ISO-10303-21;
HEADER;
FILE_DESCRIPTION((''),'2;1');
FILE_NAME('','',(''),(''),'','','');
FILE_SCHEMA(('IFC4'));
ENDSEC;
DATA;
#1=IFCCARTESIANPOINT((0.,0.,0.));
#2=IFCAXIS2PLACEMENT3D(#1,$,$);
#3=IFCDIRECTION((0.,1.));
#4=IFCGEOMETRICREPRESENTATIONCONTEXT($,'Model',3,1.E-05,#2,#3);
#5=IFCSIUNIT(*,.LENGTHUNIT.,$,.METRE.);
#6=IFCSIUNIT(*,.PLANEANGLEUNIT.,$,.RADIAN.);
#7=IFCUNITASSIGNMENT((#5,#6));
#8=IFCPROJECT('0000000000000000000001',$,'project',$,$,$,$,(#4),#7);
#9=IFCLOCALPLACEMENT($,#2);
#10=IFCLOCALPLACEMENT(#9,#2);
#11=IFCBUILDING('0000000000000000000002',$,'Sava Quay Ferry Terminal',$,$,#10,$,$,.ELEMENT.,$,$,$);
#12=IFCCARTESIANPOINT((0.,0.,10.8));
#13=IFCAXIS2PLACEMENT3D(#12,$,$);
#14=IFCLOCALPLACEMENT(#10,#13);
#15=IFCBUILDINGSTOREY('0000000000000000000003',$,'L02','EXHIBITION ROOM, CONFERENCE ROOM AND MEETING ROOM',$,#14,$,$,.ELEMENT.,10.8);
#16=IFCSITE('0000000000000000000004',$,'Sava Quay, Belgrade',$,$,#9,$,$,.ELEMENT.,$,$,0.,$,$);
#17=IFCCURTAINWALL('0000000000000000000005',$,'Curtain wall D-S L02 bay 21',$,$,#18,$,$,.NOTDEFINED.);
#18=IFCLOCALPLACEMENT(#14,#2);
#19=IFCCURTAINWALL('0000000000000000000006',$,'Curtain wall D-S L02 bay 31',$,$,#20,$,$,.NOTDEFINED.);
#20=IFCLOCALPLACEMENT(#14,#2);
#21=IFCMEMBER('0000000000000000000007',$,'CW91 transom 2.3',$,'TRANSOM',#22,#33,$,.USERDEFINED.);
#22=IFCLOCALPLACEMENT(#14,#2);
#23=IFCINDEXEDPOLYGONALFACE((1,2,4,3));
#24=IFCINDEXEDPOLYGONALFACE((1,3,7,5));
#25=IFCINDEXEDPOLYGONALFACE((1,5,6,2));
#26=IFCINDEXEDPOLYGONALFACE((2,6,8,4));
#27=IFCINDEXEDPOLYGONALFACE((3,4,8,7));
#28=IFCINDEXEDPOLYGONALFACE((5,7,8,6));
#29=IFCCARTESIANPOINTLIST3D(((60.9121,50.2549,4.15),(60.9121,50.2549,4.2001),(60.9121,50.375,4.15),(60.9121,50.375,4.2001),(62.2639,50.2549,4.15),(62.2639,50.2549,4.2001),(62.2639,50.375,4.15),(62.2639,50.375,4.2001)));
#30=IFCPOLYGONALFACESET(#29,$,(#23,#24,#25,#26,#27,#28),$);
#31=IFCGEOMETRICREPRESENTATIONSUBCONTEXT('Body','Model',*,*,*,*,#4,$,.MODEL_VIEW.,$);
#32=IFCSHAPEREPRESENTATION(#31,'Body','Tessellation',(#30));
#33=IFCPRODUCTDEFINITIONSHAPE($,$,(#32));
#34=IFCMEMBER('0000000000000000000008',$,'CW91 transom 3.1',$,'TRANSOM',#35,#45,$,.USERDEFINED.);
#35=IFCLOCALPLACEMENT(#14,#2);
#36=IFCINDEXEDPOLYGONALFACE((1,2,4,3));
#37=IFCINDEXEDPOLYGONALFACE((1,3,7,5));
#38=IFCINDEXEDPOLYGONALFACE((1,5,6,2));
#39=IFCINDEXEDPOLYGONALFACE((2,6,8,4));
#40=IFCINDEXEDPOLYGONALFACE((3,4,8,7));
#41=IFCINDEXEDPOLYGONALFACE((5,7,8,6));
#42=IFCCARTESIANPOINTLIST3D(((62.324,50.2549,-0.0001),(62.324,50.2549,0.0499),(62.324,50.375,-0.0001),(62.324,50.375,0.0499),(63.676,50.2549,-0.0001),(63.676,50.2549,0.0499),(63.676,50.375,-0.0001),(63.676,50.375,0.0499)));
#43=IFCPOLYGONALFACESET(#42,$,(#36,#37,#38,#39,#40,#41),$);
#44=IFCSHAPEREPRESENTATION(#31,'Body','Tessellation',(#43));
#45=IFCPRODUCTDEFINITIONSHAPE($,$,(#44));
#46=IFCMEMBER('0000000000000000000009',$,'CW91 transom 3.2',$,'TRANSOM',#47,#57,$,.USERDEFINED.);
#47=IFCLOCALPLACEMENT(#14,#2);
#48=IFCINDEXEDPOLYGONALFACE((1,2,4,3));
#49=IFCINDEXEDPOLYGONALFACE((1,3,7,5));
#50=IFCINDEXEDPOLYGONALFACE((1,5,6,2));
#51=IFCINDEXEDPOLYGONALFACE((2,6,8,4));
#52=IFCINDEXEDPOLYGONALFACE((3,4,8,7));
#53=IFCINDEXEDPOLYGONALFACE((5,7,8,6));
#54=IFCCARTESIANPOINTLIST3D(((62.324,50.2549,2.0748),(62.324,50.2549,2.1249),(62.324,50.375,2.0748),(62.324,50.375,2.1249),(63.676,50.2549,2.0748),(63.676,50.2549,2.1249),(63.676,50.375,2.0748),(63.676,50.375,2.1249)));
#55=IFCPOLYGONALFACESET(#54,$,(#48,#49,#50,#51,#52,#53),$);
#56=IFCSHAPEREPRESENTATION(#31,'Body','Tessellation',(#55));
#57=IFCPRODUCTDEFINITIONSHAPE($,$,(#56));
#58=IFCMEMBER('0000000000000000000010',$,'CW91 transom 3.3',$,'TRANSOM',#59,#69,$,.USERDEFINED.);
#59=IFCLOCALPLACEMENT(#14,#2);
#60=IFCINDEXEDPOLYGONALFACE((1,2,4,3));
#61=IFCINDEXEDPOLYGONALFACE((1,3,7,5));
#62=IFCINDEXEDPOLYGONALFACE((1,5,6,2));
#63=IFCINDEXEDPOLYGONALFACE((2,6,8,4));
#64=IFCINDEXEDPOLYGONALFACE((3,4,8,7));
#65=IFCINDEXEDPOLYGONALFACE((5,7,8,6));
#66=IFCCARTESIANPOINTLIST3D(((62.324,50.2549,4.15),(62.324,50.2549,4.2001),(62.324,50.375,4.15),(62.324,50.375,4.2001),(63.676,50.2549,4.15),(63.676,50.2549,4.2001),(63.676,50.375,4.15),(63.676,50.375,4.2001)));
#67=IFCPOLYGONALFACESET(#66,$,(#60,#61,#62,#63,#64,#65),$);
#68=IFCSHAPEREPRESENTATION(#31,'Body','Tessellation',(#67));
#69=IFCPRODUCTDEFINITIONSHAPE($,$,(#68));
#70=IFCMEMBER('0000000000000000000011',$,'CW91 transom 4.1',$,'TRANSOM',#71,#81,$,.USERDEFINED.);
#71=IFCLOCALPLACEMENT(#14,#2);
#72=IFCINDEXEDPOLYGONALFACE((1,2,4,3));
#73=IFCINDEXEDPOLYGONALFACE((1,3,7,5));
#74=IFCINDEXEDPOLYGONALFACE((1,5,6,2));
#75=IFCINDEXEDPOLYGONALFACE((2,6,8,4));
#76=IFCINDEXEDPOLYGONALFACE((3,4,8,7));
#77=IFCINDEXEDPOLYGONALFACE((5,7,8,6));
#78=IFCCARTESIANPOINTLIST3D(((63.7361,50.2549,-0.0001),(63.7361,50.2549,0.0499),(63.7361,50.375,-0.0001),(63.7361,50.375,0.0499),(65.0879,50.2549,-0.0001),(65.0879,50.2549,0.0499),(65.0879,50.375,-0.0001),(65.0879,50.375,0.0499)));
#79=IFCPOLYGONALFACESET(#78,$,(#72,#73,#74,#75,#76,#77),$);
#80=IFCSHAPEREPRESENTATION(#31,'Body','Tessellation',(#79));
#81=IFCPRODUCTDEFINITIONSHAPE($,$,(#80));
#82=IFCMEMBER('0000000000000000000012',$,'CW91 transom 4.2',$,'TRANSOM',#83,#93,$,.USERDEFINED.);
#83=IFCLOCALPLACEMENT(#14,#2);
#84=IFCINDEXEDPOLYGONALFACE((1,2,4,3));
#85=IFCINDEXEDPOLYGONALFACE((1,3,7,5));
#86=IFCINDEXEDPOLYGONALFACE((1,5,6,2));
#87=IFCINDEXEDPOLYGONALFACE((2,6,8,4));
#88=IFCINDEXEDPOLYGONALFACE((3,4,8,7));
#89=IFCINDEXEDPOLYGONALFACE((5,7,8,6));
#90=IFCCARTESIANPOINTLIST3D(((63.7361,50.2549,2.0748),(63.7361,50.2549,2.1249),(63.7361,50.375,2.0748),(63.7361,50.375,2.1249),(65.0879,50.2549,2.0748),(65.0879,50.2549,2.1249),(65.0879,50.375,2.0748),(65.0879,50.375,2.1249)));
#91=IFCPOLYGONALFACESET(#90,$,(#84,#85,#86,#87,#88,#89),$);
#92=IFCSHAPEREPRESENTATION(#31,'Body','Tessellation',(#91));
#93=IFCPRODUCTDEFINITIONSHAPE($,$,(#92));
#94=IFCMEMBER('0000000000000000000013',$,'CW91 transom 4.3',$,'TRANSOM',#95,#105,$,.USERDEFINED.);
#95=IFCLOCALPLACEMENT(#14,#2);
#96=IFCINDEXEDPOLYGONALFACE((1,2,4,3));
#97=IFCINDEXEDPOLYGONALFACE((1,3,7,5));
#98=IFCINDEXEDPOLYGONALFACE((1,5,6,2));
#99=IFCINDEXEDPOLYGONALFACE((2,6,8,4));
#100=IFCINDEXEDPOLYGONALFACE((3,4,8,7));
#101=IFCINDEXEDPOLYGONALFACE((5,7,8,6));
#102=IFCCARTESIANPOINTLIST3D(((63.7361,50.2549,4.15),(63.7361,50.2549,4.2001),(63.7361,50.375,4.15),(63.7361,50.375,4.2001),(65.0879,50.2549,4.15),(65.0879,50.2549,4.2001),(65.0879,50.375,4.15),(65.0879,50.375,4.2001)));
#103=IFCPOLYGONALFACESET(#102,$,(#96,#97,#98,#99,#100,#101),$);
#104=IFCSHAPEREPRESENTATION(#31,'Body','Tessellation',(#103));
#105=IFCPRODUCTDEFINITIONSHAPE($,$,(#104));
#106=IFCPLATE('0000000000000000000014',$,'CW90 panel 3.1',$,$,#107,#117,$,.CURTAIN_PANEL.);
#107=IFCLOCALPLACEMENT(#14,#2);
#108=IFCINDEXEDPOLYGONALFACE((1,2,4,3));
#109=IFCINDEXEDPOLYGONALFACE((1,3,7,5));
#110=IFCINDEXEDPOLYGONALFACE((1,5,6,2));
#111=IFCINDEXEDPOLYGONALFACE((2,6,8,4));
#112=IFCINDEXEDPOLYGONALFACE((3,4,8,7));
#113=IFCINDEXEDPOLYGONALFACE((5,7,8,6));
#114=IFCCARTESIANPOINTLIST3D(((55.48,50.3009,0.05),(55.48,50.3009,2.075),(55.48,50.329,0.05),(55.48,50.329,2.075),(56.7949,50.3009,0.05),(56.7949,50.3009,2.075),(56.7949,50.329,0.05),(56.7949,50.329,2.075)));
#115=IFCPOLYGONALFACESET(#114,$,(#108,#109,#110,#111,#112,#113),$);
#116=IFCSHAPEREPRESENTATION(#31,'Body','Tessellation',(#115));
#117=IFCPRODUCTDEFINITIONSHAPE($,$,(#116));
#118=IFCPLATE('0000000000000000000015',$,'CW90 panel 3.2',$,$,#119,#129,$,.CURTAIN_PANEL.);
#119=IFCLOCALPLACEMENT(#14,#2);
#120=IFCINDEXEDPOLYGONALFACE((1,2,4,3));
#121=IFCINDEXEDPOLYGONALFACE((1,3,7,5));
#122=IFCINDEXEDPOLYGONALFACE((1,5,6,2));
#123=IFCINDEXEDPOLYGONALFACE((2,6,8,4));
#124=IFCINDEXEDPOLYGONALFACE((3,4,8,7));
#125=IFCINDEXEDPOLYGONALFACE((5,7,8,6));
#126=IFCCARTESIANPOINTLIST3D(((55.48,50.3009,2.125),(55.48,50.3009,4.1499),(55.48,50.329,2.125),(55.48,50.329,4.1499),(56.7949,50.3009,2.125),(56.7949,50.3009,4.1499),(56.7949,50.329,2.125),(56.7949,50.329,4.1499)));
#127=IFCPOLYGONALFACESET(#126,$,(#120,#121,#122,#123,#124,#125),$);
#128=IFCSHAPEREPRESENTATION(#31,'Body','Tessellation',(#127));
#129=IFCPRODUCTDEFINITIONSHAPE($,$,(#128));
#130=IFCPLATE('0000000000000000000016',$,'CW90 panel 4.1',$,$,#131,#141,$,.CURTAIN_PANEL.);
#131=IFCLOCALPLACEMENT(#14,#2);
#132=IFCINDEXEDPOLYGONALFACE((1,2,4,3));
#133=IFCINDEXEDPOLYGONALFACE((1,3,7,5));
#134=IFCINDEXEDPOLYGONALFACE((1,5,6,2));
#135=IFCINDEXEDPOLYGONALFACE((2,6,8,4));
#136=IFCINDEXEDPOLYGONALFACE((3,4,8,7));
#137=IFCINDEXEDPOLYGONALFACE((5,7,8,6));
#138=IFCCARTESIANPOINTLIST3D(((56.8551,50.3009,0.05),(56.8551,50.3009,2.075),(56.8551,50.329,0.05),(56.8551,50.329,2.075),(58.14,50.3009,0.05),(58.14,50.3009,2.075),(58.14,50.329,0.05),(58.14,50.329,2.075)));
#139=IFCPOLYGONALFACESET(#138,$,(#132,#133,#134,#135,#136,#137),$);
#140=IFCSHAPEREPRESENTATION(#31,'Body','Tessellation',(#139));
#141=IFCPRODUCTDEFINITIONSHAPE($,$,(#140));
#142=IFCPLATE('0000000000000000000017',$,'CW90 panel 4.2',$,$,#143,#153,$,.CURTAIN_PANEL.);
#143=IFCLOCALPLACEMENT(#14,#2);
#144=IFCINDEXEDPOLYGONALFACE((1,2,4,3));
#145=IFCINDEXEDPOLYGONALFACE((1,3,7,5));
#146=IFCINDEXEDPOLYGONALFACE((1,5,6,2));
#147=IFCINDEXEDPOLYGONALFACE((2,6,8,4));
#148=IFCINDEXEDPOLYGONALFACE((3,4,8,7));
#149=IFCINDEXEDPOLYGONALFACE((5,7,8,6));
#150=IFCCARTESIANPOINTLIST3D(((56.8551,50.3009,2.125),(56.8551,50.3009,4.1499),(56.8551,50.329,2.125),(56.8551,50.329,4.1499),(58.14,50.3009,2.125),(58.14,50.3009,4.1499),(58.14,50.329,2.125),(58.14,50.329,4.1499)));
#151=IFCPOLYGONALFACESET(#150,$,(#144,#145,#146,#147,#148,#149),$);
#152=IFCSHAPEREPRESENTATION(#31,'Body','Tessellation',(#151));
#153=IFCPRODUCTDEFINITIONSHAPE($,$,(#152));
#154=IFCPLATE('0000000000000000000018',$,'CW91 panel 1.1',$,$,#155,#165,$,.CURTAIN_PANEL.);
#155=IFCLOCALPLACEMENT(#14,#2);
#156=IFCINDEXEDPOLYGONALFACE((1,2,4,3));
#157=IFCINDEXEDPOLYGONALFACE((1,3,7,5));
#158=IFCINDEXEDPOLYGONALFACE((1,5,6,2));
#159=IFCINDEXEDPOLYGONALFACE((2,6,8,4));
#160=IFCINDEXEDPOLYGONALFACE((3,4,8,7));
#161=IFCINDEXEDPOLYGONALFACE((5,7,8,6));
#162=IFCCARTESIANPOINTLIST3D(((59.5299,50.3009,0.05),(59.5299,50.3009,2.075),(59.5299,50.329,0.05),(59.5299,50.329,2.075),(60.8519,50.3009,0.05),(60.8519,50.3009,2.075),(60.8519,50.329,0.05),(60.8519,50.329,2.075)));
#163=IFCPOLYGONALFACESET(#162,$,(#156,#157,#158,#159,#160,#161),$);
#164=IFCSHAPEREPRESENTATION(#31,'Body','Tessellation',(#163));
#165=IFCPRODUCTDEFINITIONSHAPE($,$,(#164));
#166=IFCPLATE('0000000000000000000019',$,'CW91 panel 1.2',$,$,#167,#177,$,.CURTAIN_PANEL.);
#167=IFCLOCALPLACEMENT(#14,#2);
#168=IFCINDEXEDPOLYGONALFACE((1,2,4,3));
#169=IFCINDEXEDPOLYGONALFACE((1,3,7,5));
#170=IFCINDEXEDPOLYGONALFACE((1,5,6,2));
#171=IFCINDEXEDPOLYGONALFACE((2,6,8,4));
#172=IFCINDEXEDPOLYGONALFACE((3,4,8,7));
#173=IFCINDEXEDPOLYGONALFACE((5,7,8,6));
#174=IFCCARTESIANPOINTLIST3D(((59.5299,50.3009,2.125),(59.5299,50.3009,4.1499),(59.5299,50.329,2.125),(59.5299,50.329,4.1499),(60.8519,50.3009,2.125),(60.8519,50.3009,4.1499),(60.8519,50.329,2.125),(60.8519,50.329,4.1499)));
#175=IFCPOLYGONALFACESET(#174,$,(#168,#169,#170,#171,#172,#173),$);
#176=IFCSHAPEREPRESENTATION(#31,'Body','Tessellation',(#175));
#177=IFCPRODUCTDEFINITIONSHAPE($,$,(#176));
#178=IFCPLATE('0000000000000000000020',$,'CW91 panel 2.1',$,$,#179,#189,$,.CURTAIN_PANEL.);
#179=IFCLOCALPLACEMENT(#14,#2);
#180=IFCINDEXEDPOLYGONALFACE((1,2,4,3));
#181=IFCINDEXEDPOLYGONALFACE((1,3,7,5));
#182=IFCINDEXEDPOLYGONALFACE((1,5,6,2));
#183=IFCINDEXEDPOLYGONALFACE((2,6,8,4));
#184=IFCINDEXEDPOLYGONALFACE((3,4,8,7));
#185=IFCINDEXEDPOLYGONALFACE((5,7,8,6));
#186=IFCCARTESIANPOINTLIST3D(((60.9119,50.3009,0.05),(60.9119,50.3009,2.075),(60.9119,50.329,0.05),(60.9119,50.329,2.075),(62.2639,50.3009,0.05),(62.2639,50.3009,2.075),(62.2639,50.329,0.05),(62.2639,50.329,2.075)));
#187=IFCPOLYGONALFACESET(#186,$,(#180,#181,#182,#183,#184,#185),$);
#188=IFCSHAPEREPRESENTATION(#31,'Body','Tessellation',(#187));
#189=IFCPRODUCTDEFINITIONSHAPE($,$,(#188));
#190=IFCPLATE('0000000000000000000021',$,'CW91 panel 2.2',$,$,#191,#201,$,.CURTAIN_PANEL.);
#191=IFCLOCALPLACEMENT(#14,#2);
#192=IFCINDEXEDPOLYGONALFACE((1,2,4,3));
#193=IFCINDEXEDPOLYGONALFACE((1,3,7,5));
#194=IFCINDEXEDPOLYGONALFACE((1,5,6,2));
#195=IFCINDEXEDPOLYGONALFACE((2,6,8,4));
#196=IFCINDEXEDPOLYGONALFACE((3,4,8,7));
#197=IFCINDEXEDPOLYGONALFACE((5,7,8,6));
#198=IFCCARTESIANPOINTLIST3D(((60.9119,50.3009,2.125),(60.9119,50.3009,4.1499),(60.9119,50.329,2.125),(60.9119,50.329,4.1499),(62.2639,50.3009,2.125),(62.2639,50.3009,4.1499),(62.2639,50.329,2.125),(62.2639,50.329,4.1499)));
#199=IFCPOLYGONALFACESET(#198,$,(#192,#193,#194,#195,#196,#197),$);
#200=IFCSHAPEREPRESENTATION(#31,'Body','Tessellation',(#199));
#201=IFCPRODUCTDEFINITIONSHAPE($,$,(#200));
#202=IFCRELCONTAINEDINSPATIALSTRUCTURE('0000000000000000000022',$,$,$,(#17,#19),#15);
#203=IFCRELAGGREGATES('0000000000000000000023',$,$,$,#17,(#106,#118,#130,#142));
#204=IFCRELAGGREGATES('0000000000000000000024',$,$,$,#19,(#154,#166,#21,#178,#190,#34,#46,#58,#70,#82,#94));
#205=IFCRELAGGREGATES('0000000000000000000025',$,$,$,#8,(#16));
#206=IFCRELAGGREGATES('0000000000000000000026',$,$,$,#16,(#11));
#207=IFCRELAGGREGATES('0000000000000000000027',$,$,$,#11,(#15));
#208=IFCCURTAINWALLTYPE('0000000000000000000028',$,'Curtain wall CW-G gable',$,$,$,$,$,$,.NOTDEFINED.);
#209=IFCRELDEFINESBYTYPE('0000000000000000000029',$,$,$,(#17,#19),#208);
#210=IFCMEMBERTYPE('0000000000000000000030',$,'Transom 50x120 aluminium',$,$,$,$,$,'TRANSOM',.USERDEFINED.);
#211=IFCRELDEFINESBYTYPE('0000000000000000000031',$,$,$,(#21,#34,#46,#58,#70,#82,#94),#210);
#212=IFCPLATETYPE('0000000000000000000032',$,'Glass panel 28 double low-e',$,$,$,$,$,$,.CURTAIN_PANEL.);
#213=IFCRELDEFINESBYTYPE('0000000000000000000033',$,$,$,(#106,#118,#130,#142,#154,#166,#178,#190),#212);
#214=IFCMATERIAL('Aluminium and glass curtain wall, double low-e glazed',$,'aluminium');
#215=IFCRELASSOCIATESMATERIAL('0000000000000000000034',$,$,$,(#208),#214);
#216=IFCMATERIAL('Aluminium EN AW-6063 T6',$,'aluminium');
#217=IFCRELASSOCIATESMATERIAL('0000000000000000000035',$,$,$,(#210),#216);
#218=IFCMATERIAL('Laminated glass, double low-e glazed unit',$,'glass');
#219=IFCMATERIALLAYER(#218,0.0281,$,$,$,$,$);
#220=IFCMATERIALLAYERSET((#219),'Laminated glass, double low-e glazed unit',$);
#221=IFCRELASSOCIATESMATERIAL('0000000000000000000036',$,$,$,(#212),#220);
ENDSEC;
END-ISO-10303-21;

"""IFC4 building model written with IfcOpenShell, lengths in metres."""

from ifc_helpers import new_model, si_unit, direction, frame, origin, origin_2d, place, context, subcontext, project, spatial, rectangle, extrude, material, layer, layer_set, material_profile, profile_set, type_object, element, aggregate, save


model = new_model("IFC4")

# Units and contexts
model_context = context("Model", 3, precision=1e-05, world=origin(), true_north=direction((0.0, 1.0)))
body_context = subcontext(model_context, "Body", "Model", "MODEL_VIEW")
ifc_project = project(units=[si_unit("LENGTHUNIT", "METRE"), si_unit("PLANEANGLEUNIT", "RADIAN")], contexts=[model_context])

# Site, building, storey
site_placement = place(None, origin())
site = spatial("IfcSite", under=ifc_project, at=site_placement, Name="Sava Quay, Belgrade", CompositionType="ELEMENT", RefElevation=0.0)
building_placement = place(site_placement, origin())
building = spatial("IfcBuilding", under=site, at=building_placement, Name="Sava Quay Ferry Terminal", CompositionType="ELEMENT")
storey_placement = place(building_placement, frame((0.0, 0.0, 10.8)))
storey = spatial("IfcBuildingStorey", under=building, at=storey_placement, Name="L02", Description="EXHIBITION ROOM, CONFERENCE ROOM AND MEETING ROOM", CompositionType="ELEMENT", Elevation=10.8)

# Curtain walls
ifc_material_1 = material(Name="Aluminium and glass curtain wall, double low-e glazed", Category="aluminium")
curtain_wall_type = type_object("IfcCurtainWallType", Name="Curtain wall CW-G gable", PredefinedType="NOTDEFINED", material=ifc_material_1)
curtain_wall_1_placement = place(storey_placement, origin())
curtain_wall_1 = element("IfcCurtainWall", 1, at=curtain_wall_1_placement, inside=storey, type_object=curtain_wall_type, Name="Curtain wall D-S L02 bay 21", PredefinedType="NOTDEFINED")
curtain_wall_2_placement = place(storey_placement, origin())
curtain_wall_2 = element("IfcCurtainWall", 2, at=curtain_wall_2_placement, inside=storey, type_object=curtain_wall_type, Name="Curtain wall D-S L02 bay 31", PredefinedType="NOTDEFINED")

# Members
ifc_material_2 = material(Name="Aluminium EN AW-6063 T6", Category="aluminium")
ifc_material_profile_1 = material_profile(ifc_material_2, rectangle(XDim=0.1201, YDim=0.05, at=origin_2d()), Name="Transom 50x120 aluminium")
ifc_profile_set_1 = profile_set([ifc_material_profile_1], Name="Aluminium EN AW-6063 T6")
member_type_1 = type_object("IfcMemberType", Name="Transom 50x120 aluminium", ElementType="TRANSOM", PredefinedType="USERDEFINED", material=ifc_profile_set_1)
member_1_placement = place(storey_placement, frame((60.9121, 50.3149, 4.175), z_axis=(1.0, 0.0, 0.0), x_axis=(0.0, 1.0, 0.0)))
member_1 = element("IfcMember", 3, at=member_1_placement, type_object=member_type_1, Name="CW91 transom 2.3", ObjectType="TRANSOM", PredefinedType="USERDEFINED", context=body_context, shape_type="SweptSolid", body=[
    extrude(rectangle(XDim=0.1201, YDim=0.05, at=origin_2d()), origin(), (0.0, 0.0, 1.0), 1.3518),
])
member_2_placement = place(storey_placement, frame((62.324, 50.3149, 0.0249), z_axis=(1.0, 0.0, 0.0), x_axis=(0.0, 1.0, 0.0)))
member_2 = element("IfcMember", 4, at=member_2_placement, type_object=member_type_1, Name="CW91 transom 3.1", ObjectType="TRANSOM", PredefinedType="USERDEFINED", context=body_context, shape_type="SweptSolid", body=[
    extrude(rectangle(XDim=0.1201, YDim=0.05, at=origin_2d()), origin(), (0.0, 0.0, 1.0), 1.3521),
])
member_3_placement = place(storey_placement, frame((62.324, 50.3149, 2.0999), z_axis=(1.0, 0.0, 0.0), x_axis=(0.0, 1.0, 0.0)))
member_3 = element("IfcMember", 5, at=member_3_placement, type_object=member_type_1, Name="CW91 transom 3.2", ObjectType="TRANSOM", PredefinedType="USERDEFINED", context=body_context, shape_type="SweptSolid", body=[
    extrude(rectangle(XDim=0.1201, YDim=0.05, at=origin_2d()), origin(), (0.0, 0.0, 1.0), 1.3521),
])
member_4_placement = place(storey_placement, frame((62.324, 50.3149, 4.175), z_axis=(1.0, 0.0, 0.0), x_axis=(0.0, 1.0, 0.0)))
member_4 = element("IfcMember", 6, at=member_4_placement, type_object=member_type_1, Name="CW91 transom 3.3", ObjectType="TRANSOM", PredefinedType="USERDEFINED", context=body_context, shape_type="SweptSolid", body=[
    extrude(rectangle(XDim=0.1201, YDim=0.05, at=origin_2d()), origin(), (0.0, 0.0, 1.0), 1.3521),
])
member_5_placement = place(storey_placement, frame((63.7361, 50.3149, 0.0249), z_axis=(1.0, 0.0, 0.0), x_axis=(0.0, 1.0, 0.0)))
member_5 = element("IfcMember", 7, at=member_5_placement, type_object=member_type_1, Name="CW91 transom 4.1", ObjectType="TRANSOM", PredefinedType="USERDEFINED", context=body_context, shape_type="SweptSolid", body=[
    extrude(rectangle(XDim=0.1201, YDim=0.05, at=origin_2d()), origin(), (0.0, 0.0, 1.0), 1.3518),
])
member_6_placement = place(storey_placement, frame((63.7361, 50.3149, 2.0999), z_axis=(1.0, 0.0, 0.0), x_axis=(0.0, 1.0, 0.0)))
member_6 = element("IfcMember", 8, at=member_6_placement, type_object=member_type_1, Name="CW91 transom 4.2", ObjectType="TRANSOM", PredefinedType="USERDEFINED", context=body_context, shape_type="SweptSolid", body=[
    extrude(rectangle(XDim=0.1201, YDim=0.05, at=origin_2d()), origin(), (0.0, 0.0, 1.0), 1.3518),
])
member_7_placement = place(storey_placement, frame((63.7361, 50.3149, 4.175), z_axis=(1.0, 0.0, 0.0), x_axis=(0.0, 1.0, 0.0)))
member_7 = element("IfcMember", 9, at=member_7_placement, type_object=member_type_1, Name="CW91 transom 4.3", ObjectType="TRANSOM", PredefinedType="USERDEFINED", context=body_context, shape_type="SweptSolid", body=[
    extrude(rectangle(XDim=0.1201, YDim=0.05, at=origin_2d()), origin(), (0.0, 0.0, 1.0), 1.3518),
])

# Plates
ifc_material_3 = material(Name="Laminated glass, double low-e glazed unit", Category="glass")
ifc_layer_1 = layer(ifc_material_3, 0.0281)
ifc_layer_set_1 = layer_set([ifc_layer_1], Name="Laminated glass, double low-e glazed unit")
plate_type = type_object("IfcPlateType", Name="Glass panel 28 double low-e", PredefinedType="CURTAIN_PANEL", material=ifc_layer_set_1)
plate_1_placement = place(storey_placement, frame((56.1375, 50.3149, 0.05), z_axis=(0.0, 0.0, 1.0), x_axis=(1.0, 0.0, 0.0)))
plate_1 = element("IfcPlate", 10, at=plate_1_placement, type_object=plate_type, Name="CW90 panel 3.1", PredefinedType="CURTAIN_PANEL", context=body_context, shape_type="SweptSolid", body=[
    extrude(rectangle(XDim=1.3149, YDim=0.0281, at=origin_2d()), origin(), (0.0, 0.0, 1.0), 2.0249),
])
plate_2_placement = place(storey_placement, frame((56.1375, 50.3149, 2.125), z_axis=(0.0, 0.0, 1.0), x_axis=(1.0, 0.0, 0.0)))
plate_2 = element("IfcPlate", 11, at=plate_2_placement, type_object=plate_type, Name="CW90 panel 3.2", PredefinedType="CURTAIN_PANEL", context=body_context, shape_type="SweptSolid", body=[
    extrude(rectangle(XDim=1.3149, YDim=0.0281, at=origin_2d()), origin(), (0.0, 0.0, 1.0), 2.0249),
])
plate_3_placement = place(storey_placement, frame((57.4976, 50.3149, 0.05), z_axis=(0.0, 0.0, 1.0), x_axis=(1.0, 0.0, 0.0)))
plate_3 = element("IfcPlate", 12, at=plate_3_placement, type_object=plate_type, Name="CW90 panel 4.1", PredefinedType="CURTAIN_PANEL", context=body_context, shape_type="SweptSolid", body=[
    extrude(rectangle(XDim=1.2849, YDim=0.0281, at=origin_2d()), origin(), (0.0, 0.0, 1.0), 2.0249),
])
plate_4_placement = place(storey_placement, frame((57.4976, 50.3149, 2.125), z_axis=(0.0, 0.0, 1.0), x_axis=(1.0, 0.0, 0.0)))
plate_4 = element("IfcPlate", 13, at=plate_4_placement, type_object=plate_type, Name="CW90 panel 4.2", PredefinedType="CURTAIN_PANEL", context=body_context, shape_type="SweptSolid", body=[
    extrude(rectangle(XDim=1.2849, YDim=0.0281, at=origin_2d()), origin(), (0.0, 0.0, 1.0), 2.0249),
])
aggregate(curtain_wall_1, [plate_1, plate_2, plate_3, plate_4])
plate_5_placement = place(storey_placement, frame((60.1909, 50.3149, 0.05), z_axis=(0.0, 0.0, 1.0), x_axis=(1.0, 0.0, 0.0)))
plate_5 = element("IfcPlate", 14, at=plate_5_placement, type_object=plate_type, Name="CW91 panel 1.1", PredefinedType="CURTAIN_PANEL", context=body_context, shape_type="SweptSolid", body=[
    extrude(rectangle(XDim=1.322, YDim=0.0281, at=origin_2d()), origin(), (0.0, 0.0, 1.0), 2.0249),
])
plate_6_placement = place(storey_placement, frame((60.1909, 50.3149, 2.125), z_axis=(0.0, 0.0, 1.0), x_axis=(1.0, 0.0, 0.0)))
plate_6 = element("IfcPlate", 15, at=plate_6_placement, type_object=plate_type, Name="CW91 panel 1.2", PredefinedType="CURTAIN_PANEL", context=body_context, shape_type="SweptSolid", body=[
    extrude(rectangle(XDim=1.322, YDim=0.0281, at=origin_2d()), origin(), (0.0, 0.0, 1.0), 2.0249),
])
plate_7_placement = place(storey_placement, frame((61.5879, 50.3149, 0.05), z_axis=(0.0, 0.0, 1.0), x_axis=(1.0, 0.0, 0.0)))
plate_7 = element("IfcPlate", 16, at=plate_7_placement, type_object=plate_type, Name="CW91 panel 2.1", PredefinedType="CURTAIN_PANEL", context=body_context, shape_type="SweptSolid", body=[
    extrude(rectangle(XDim=1.3521, YDim=0.0281, at=origin_2d()), origin(), (0.0, 0.0, 1.0), 2.0249),
])
plate_8_placement = place(storey_placement, frame((61.5879, 50.3149, 2.125), z_axis=(0.0, 0.0, 1.0), x_axis=(1.0, 0.0, 0.0)))
plate_8 = element("IfcPlate", 17, at=plate_8_placement, type_object=plate_type, Name="CW91 panel 2.2", PredefinedType="CURTAIN_PANEL", context=body_context, shape_type="SweptSolid", body=[
    extrude(rectangle(XDim=1.3521, YDim=0.0281, at=origin_2d()), origin(), (0.0, 0.0, 1.0), 2.0249),
])
aggregate(curtain_wall_2, [plate_5, plate_6, member_1, plate_7, plate_8, member_2, member_3, member_4, member_5, member_6, member_7])

save(model, "model.ifc")
